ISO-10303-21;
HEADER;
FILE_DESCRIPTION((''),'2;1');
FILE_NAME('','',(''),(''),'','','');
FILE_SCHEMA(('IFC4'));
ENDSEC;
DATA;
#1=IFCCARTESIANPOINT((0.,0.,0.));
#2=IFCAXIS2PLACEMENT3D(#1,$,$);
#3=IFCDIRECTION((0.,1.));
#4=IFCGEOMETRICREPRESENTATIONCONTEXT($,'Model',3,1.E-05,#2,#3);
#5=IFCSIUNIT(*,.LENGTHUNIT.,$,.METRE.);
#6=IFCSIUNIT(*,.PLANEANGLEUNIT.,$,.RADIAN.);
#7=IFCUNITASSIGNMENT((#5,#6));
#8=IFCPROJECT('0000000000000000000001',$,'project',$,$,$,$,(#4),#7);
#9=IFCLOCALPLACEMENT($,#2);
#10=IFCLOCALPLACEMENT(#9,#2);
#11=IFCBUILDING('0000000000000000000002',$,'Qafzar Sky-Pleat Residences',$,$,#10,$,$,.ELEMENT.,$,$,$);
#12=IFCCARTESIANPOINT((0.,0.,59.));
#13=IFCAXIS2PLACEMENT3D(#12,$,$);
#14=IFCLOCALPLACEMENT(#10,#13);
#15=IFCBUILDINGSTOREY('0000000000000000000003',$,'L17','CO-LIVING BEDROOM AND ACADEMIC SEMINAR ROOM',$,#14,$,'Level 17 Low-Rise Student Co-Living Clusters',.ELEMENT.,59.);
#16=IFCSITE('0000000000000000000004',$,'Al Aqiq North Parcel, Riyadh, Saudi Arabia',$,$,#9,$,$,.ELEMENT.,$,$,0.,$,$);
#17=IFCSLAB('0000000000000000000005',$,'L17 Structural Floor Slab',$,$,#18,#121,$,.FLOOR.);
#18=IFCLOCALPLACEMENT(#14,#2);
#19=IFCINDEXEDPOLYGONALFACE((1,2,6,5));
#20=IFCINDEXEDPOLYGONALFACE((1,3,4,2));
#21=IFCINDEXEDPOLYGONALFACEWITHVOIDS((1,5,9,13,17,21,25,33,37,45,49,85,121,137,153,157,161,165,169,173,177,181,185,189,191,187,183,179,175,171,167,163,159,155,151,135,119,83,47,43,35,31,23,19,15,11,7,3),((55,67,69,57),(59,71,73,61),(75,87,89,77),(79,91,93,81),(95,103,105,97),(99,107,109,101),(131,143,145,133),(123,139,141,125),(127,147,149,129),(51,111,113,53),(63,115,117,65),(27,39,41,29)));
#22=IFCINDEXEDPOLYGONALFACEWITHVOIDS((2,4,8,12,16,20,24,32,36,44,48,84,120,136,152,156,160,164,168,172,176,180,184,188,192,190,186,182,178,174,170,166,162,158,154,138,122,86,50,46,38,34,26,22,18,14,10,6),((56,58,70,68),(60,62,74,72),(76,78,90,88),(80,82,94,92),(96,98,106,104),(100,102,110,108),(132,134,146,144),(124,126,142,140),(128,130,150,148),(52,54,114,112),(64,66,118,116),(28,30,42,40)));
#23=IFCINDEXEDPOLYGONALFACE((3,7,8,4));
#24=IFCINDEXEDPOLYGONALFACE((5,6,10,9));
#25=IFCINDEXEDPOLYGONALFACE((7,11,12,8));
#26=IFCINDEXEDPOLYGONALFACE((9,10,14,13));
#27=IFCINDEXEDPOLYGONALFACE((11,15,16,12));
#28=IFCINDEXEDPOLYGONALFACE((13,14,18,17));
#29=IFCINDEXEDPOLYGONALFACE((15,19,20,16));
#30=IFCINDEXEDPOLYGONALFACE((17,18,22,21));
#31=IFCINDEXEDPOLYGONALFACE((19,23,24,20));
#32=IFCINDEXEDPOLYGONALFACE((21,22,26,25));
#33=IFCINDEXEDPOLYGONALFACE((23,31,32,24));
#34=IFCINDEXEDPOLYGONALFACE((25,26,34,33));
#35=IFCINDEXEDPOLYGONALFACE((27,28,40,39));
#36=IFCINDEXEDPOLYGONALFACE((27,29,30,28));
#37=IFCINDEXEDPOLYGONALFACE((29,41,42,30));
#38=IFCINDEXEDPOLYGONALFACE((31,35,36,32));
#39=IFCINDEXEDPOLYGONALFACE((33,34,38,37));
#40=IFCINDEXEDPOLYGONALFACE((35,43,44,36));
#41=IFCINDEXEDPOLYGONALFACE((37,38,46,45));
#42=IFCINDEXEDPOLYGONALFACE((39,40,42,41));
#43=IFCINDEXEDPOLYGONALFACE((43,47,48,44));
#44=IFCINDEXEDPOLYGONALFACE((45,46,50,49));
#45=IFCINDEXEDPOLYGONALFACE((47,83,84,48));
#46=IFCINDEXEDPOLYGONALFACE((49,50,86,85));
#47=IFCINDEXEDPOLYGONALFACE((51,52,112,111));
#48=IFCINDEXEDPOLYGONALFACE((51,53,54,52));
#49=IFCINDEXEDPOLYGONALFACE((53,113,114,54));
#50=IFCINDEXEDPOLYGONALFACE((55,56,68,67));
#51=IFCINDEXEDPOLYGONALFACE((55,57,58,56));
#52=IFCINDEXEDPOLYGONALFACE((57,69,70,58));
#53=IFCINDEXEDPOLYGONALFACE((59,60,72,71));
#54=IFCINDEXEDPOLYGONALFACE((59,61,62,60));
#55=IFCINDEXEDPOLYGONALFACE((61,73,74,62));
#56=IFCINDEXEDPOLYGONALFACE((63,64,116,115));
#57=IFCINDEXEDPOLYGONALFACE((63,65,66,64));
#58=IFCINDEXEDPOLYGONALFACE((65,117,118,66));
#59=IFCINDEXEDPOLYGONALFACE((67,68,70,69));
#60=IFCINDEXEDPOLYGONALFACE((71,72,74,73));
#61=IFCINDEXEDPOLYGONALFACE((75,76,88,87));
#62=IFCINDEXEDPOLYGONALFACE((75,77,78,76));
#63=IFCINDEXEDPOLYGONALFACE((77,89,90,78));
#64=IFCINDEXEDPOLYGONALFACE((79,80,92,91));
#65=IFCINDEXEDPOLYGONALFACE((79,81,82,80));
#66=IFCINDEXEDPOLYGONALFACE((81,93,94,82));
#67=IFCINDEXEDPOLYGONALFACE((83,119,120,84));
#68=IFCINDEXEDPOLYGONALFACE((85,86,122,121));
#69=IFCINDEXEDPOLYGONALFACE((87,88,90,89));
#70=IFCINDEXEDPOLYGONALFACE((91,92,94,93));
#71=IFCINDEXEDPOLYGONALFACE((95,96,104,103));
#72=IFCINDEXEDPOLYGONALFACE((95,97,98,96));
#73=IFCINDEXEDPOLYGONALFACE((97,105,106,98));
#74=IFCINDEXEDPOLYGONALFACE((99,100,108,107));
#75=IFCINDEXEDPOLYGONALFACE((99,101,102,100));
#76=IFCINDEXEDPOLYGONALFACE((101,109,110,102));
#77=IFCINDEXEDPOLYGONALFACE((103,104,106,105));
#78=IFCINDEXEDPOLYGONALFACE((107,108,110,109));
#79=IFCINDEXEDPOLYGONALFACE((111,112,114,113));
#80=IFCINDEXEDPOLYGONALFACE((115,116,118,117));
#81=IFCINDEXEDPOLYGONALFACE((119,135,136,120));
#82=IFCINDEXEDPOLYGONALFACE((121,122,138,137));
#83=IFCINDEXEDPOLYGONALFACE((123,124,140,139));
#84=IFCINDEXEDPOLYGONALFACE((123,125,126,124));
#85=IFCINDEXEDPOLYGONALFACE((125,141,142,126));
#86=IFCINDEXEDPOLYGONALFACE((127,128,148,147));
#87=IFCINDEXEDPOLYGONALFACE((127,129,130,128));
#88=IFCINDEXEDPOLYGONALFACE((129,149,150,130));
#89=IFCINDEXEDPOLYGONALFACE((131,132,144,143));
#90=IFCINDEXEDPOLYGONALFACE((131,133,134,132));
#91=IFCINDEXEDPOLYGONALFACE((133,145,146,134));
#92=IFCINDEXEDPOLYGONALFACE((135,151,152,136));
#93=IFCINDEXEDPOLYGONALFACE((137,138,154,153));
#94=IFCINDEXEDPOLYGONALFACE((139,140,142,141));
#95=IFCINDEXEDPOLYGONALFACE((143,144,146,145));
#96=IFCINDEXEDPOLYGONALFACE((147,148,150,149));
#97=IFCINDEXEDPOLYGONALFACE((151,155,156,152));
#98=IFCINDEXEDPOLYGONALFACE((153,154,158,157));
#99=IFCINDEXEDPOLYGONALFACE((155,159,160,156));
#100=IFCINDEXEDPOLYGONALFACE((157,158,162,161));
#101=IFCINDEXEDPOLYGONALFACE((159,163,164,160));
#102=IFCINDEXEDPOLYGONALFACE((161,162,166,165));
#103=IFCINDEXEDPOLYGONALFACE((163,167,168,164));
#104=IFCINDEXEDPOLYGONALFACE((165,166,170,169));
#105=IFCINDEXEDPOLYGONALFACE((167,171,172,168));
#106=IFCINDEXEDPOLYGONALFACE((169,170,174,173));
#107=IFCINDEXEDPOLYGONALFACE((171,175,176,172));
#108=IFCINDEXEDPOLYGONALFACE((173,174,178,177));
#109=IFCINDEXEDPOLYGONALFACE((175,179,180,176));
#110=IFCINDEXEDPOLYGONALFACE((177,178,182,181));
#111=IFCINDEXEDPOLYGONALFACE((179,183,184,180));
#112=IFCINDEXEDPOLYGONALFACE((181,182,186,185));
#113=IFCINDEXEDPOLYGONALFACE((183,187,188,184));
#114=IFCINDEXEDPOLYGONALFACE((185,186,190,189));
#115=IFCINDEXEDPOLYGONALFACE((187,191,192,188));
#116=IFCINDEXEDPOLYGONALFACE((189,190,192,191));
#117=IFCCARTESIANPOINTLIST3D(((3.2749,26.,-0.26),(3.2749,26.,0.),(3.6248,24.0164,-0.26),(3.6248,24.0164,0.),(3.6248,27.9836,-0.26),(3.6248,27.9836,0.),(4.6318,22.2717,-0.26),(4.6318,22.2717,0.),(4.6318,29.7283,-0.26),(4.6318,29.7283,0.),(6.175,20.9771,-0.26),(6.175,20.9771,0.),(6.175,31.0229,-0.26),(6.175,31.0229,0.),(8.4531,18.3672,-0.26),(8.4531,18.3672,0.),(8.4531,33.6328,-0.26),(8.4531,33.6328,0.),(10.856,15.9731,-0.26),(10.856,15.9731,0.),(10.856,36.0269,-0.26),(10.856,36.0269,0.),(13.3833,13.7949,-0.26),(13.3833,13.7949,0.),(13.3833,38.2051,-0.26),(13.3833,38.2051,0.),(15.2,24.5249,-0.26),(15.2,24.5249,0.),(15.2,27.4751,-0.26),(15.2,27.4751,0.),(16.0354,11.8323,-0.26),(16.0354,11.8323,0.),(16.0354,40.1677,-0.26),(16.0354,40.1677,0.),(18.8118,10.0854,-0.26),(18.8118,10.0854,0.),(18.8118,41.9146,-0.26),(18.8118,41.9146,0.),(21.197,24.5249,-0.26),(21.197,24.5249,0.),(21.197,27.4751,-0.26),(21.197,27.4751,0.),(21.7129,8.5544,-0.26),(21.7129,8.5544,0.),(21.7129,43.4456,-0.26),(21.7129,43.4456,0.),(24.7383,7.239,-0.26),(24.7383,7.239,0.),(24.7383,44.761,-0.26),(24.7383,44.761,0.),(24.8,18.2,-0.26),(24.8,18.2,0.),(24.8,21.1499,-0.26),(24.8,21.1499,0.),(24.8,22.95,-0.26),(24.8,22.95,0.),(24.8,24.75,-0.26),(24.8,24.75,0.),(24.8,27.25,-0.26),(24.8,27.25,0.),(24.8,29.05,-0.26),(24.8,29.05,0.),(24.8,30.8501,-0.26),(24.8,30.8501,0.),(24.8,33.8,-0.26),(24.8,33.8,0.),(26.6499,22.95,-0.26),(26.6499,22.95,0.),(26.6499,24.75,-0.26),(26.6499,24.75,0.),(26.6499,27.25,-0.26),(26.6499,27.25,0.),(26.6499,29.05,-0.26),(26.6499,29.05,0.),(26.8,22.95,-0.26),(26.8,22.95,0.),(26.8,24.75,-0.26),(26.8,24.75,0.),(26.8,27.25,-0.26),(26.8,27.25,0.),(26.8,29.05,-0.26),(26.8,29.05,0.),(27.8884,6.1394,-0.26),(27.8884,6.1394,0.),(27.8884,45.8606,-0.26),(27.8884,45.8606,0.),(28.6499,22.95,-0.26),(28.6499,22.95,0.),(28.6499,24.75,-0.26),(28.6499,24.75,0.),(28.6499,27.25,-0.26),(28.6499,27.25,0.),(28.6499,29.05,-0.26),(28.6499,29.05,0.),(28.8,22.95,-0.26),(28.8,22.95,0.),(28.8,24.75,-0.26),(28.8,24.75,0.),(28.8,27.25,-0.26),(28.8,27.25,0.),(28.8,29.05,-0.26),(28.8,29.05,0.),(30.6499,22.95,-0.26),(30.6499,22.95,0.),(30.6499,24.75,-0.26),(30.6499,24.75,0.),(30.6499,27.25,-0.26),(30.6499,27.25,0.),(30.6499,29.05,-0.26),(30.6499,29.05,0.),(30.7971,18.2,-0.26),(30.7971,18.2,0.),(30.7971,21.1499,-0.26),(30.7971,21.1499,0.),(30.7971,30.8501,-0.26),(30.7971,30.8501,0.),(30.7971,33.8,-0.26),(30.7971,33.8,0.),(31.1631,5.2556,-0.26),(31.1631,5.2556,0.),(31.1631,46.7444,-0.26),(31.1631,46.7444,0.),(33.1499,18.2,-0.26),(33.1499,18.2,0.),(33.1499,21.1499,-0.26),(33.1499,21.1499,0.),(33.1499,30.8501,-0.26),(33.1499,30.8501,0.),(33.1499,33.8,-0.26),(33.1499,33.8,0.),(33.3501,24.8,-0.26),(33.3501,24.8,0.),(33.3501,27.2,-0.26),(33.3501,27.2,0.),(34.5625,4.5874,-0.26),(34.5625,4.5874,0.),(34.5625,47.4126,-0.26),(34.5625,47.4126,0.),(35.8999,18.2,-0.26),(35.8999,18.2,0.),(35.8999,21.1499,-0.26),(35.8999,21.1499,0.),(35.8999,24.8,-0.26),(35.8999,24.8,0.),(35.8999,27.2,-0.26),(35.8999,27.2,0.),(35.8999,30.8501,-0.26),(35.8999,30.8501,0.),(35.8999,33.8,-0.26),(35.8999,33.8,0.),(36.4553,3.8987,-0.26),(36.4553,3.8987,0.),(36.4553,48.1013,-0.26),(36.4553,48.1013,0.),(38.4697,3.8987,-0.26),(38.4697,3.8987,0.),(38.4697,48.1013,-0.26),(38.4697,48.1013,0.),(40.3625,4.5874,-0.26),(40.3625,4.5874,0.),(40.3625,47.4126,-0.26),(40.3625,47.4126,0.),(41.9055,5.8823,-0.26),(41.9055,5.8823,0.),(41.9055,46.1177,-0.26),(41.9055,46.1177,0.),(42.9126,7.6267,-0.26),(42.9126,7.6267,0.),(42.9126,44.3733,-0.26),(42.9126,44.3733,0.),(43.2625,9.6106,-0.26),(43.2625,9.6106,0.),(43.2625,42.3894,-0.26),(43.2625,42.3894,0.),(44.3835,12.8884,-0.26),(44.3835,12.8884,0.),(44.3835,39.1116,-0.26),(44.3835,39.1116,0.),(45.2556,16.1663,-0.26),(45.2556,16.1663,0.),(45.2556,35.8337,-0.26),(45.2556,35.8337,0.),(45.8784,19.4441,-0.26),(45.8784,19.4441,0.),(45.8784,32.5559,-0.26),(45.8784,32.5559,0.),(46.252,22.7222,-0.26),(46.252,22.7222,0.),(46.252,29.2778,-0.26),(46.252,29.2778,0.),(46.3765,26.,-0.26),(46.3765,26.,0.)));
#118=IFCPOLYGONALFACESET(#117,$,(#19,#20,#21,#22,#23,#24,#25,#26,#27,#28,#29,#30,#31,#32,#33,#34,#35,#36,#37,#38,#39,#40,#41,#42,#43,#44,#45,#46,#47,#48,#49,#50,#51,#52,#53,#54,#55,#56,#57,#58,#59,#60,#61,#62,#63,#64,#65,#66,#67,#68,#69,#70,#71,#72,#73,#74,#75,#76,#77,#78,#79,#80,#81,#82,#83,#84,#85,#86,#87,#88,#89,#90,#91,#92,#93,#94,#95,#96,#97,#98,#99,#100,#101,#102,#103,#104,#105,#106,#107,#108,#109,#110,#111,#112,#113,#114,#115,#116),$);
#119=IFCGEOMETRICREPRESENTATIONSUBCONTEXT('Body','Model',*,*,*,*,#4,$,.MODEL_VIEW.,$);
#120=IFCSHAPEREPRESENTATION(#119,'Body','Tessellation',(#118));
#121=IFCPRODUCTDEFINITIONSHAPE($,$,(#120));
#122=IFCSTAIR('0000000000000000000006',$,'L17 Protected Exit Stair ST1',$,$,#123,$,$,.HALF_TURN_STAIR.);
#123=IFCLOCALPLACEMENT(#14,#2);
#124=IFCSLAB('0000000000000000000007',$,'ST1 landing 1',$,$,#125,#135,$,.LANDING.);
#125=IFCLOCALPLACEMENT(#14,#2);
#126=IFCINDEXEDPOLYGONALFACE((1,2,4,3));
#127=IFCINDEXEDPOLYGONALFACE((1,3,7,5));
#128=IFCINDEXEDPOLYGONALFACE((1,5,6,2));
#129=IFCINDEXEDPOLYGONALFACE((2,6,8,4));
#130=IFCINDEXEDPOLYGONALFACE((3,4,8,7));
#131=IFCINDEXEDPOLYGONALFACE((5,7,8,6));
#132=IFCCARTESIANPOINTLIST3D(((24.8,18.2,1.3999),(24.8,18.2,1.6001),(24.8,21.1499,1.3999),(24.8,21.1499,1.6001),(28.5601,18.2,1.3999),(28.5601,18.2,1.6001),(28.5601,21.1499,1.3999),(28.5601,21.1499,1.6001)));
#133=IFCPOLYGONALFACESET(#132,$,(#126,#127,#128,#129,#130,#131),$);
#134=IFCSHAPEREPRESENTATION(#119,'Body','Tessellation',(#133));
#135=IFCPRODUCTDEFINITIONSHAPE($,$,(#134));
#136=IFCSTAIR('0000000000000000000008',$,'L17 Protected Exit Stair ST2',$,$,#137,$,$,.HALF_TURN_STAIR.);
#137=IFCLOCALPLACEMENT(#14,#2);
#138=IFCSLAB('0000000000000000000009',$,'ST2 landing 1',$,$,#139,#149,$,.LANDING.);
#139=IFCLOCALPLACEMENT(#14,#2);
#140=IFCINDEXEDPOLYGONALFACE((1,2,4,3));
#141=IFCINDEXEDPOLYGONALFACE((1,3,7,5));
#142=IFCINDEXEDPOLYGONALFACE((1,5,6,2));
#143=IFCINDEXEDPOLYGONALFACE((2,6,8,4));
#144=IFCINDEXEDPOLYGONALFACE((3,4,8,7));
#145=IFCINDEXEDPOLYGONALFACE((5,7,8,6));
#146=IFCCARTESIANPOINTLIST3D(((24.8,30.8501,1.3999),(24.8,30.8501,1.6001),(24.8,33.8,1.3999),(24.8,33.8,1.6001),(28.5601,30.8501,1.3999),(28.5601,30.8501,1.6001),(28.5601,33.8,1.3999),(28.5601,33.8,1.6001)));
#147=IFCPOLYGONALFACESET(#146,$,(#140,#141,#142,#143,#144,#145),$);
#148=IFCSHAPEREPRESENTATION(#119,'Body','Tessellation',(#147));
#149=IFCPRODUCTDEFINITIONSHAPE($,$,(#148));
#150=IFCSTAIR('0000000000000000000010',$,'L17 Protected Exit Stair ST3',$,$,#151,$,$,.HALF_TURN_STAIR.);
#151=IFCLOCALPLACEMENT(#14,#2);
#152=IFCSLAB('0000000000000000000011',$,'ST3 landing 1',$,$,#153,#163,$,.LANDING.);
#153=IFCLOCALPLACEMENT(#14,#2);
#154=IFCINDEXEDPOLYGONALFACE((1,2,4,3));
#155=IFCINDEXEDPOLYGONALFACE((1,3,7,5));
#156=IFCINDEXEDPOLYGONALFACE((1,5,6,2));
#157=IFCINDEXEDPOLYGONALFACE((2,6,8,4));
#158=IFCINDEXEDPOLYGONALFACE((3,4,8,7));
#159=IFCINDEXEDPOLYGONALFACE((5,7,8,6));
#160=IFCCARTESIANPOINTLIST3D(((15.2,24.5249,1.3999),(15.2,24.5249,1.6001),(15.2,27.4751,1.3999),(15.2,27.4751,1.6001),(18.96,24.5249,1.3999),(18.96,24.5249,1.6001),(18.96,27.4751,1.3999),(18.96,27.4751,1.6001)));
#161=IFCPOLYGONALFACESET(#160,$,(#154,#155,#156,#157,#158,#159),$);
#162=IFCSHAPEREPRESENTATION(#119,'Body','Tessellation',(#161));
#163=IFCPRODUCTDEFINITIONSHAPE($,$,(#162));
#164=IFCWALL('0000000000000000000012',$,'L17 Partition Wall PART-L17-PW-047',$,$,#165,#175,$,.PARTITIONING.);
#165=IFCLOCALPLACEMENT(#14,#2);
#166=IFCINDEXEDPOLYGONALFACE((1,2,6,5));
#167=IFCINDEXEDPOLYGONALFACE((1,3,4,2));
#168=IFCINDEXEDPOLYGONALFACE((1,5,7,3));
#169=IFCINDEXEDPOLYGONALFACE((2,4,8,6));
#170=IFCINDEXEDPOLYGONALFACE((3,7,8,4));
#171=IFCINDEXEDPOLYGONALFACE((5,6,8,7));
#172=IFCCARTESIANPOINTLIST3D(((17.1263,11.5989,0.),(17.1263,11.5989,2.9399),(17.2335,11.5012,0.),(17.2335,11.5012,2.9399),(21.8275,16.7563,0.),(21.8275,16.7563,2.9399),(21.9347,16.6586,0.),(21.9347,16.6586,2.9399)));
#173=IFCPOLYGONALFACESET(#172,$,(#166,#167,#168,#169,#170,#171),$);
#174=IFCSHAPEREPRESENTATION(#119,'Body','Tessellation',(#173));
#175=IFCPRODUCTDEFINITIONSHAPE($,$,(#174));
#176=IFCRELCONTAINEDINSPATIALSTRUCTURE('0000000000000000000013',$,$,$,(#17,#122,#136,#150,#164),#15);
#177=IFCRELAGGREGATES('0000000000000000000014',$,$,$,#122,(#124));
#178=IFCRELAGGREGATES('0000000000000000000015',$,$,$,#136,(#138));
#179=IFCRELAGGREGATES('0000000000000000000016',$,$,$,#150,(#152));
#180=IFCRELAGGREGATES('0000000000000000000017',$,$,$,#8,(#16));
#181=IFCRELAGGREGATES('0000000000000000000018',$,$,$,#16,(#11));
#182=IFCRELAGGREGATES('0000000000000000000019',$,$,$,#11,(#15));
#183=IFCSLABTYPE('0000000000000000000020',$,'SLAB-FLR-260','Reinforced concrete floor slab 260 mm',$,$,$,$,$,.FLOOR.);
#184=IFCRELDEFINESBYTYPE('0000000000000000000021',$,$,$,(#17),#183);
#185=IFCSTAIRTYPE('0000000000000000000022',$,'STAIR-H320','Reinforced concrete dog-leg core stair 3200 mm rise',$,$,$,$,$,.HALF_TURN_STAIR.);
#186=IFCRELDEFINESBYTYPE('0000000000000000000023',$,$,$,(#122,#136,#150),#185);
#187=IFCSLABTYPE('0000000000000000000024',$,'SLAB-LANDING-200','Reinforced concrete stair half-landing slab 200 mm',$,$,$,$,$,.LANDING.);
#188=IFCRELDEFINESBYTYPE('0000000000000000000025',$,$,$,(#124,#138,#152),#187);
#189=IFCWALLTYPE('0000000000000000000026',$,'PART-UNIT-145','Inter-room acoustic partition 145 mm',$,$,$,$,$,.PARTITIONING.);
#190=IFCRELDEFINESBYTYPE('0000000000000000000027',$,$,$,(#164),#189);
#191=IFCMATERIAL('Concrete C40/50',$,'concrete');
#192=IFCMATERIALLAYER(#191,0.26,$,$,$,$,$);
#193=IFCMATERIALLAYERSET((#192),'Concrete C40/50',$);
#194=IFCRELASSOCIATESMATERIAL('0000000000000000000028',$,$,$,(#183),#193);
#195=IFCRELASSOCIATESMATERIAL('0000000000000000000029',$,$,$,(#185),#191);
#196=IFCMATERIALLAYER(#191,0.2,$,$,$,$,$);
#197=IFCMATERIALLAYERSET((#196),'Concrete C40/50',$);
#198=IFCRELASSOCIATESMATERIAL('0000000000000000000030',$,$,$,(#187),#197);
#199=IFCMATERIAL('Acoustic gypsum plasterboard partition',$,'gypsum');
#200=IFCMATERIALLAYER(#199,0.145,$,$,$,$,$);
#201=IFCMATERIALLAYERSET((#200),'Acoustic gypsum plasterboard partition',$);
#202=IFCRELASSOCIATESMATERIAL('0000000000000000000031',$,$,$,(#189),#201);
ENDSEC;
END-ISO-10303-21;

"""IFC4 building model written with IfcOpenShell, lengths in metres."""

from ifc_helpers import new_model, si_unit, direction, frame, frame_2d, origin, place, context, subcontext, project, spatial, polyline, rectangle, outline, extrude, material, layer, layer_set, type_object, element, aggregate, save


model = new_model("IFC4")

# Units and contexts
model_context = context("Model", 3, precision=1e-05, world=origin(), true_north=direction((0.0, 1.0)))
body_context = subcontext(model_context, "Body", "Model", "MODEL_VIEW")
ifc_project = project(units=[si_unit("LENGTHUNIT", "METRE"), si_unit("PLANEANGLEUNIT", "RADIAN")], contexts=[model_context])

# Site, building, storey
site_placement = place(None, origin())
site = spatial("IfcSite", under=ifc_project, at=site_placement, Name="Al Aqiq North Parcel, Riyadh, Saudi Arabia", CompositionType="ELEMENT", RefElevation=0.0)
building_placement = place(site_placement, origin())
building = spatial("IfcBuilding", under=site, at=building_placement, Name="Qafzar Sky-Pleat Residences", CompositionType="ELEMENT")
storey_placement = place(building_placement, frame((0.0, 0.0, 59.0)))
storey = spatial("IfcBuildingStorey", under=building, at=storey_placement, Name="L17", Description="CO-LIVING BEDROOM AND ACADEMIC SEMINAR ROOM", LongName="Level 17 Low-Rise Student Co-Living Clusters", CompositionType="ELEMENT", Elevation=59.0)

# Slab
ifc_material_1 = material(Name="Concrete C40/50", Category="concrete")
ifc_layer_1 = layer(ifc_material_1, 0.26)
ifc_layer_set_1 = layer_set([ifc_layer_1], Name="Concrete C40/50")
slab_type_1 = type_object("IfcSlabType", Name="SLAB-FLR-260", Description="Reinforced concrete floor slab 260 mm", PredefinedType="FLOOR", material=ifc_layer_set_1)
slab_1_placement = place(storey_placement, frame((0.0, 0.0, -0.26)))
element("IfcSlab", 1, at=slab_1_placement, inside=storey, type_object=slab_type_1, Name="L17 Structural Floor Slab", PredefinedType="FLOOR", context=body_context, shape_type="SweptSolid", body=[
    extrude(outline(polyline([(6.175, 31.0229), (4.6318, 29.7283), (3.6248, 27.9836), (3.2749, 26.0), (3.6248, 24.0164), (4.6318, 22.2717), (6.175, 20.9771), (8.4531, 18.3672), (10.856, 15.9731), (13.3833, 13.7949), (16.0354, 11.8323), (18.8118, 10.0854), (21.7129, 8.5544), (24.7383, 7.239), (27.8884, 6.1394), (31.1631, 5.2556), (34.5625, 4.5874), (36.4553, 3.8987), (38.4697, 3.8987), (40.3625, 4.5874), (41.9055, 5.8823), (42.9126, 7.6267), (43.2625, 9.6106), (44.3835, 12.8884), (45.2556, 16.1663), (45.8784, 19.4441), (46.252, 22.7222), (46.3765, 26.0), (46.252, 29.2778), (45.8784, 32.5559), (45.2556, 35.8337), (44.3835, 39.1116), (43.2625, 42.3894), (42.9126, 44.3733), (41.9055, 46.1177), (40.3625, 47.4126), (38.4697, 48.1013), (36.4553, 48.1013), (34.5625, 47.4126), (31.1631, 46.7444), (27.8884, 45.8606), (24.7383, 44.761), (21.7129, 43.4456), (18.8118, 41.9146), (16.0354, 40.1677), (13.3833, 38.2051), (10.856, 36.0269), (8.4531, 33.6328), (6.175, 31.0229)]), holes=[polyline([(30.7971, 21.1499), (24.8, 21.1499), (24.8, 18.2), (30.7971, 18.2), (30.7971, 21.1499)]), polyline([(30.7971, 33.8), (24.8, 33.8), (24.8, 30.8501), (30.7971, 30.8501), (30.7971, 33.8)]), polyline([(21.197, 27.4751), (15.2, 27.4751), (15.2, 24.5249), (21.197, 24.5249), (21.197, 27.4751)]), polyline([(24.8, 22.95), (26.6499, 22.95), (26.6499, 24.75), (24.8, 24.75), (24.8, 22.95)]), polyline([(26.8, 22.95), (28.6499, 22.95), (28.6499, 24.75), (26.8, 24.75), (26.8, 22.95)]), polyline([(28.8, 22.95), (30.6499, 22.95), (30.6499, 24.75), (28.8, 24.75), (28.8, 22.95)]), polyline([(24.8, 27.25), (26.6499, 27.25), (26.6499, 29.05), (24.8, 29.05), (24.8, 27.25)]), polyline([(26.8, 27.25), (28.6499, 27.25), (28.6499, 29.05), (26.8, 29.05), (26.8, 27.25)]), polyline([(28.8, 27.25), (30.6499, 27.25), (30.6499, 29.05), (28.8, 29.05), (28.8, 27.25)]), polyline([(33.1499, 18.2), (35.8999, 18.2), (35.8999, 21.1499), (33.1499, 21.1499), (33.1499, 18.2)]), polyline([(33.1499, 30.8501), (35.8999, 30.8501), (35.8999, 33.8), (33.1499, 33.8), (33.1499, 30.8501)]), polyline([(33.3501, 24.8), (35.8999, 24.8), (35.8999, 27.2), (33.3501, 27.2), (33.3501, 24.8)])]), origin(), (0.0, 0.0, 1.0), 0.26),
])

# Stairs, slabs
stair_type = type_object("IfcStairType", Name="STAIR-H320", Description="Reinforced concrete dog-leg core stair 3200 mm rise", PredefinedType="HALF_TURN_STAIR", material=ifc_material_1)
stair_1_placement = place(storey_placement, origin())
stair_1 = element("IfcStair", 2, at=stair_1_placement, inside=storey, type_object=stair_type, Name="L17 Protected Exit Stair ST1", PredefinedType="HALF_TURN_STAIR")
ifc_layer_2 = layer(ifc_material_1, 0.2)
ifc_layer_set_2 = layer_set([ifc_layer_2], Name="Concrete C40/50")
slab_type_2 = type_object("IfcSlabType", Name="SLAB-LANDING-200", Description="Reinforced concrete stair half-landing slab 200 mm", PredefinedType="LANDING", material=ifc_layer_set_2)
slab_2_placement = place(storey_placement, frame((0.0, 0.0, 1.3999)))
slab_2 = element("IfcSlab", 3, at=slab_2_placement, type_object=slab_type_2, Name="ST1 landing 1", PredefinedType="LANDING", context=body_context, shape_type="SweptSolid", body=[
    extrude(outline(polyline([(28.5601, 21.1499), (24.8, 21.1499), (24.8, 18.2), (28.5601, 18.2), (28.5601, 21.1499)])), origin(), (0.0, 0.0, 1.0), 0.2002),
])
aggregate(stair_1, [slab_2])
stair_2_placement = place(storey_placement, origin())
stair_2 = element("IfcStair", 4, at=stair_2_placement, inside=storey, type_object=stair_type, Name="L17 Protected Exit Stair ST2", PredefinedType="HALF_TURN_STAIR")
slab_3_placement = place(storey_placement, frame((0.0, 0.0, 1.3999)))
slab_3 = element("IfcSlab", 5, at=slab_3_placement, type_object=slab_type_2, Name="ST2 landing 1", PredefinedType="LANDING", context=body_context, shape_type="SweptSolid", body=[
    extrude(outline(polyline([(28.5601, 33.8), (24.8, 33.8), (24.8, 30.8501), (28.5601, 30.8501), (28.5601, 33.8)])), origin(), (0.0, 0.0, 1.0), 0.2002),
])
aggregate(stair_2, [slab_3])
stair_3_placement = place(storey_placement, origin())
stair_3 = element("IfcStair", 6, at=stair_3_placement, inside=storey, type_object=stair_type, Name="L17 Protected Exit Stair ST3", PredefinedType="HALF_TURN_STAIR")
slab_4_placement = place(storey_placement, frame((0.0, 0.0, 1.3999)))
slab_4 = element("IfcSlab", 7, at=slab_4_placement, type_object=slab_type_2, Name="ST3 landing 1", PredefinedType="LANDING", context=body_context, shape_type="SweptSolid", body=[
    extrude(outline(polyline([(18.96, 27.4751), (15.2, 27.4751), (15.2, 24.5249), (18.96, 24.5249), (18.96, 27.4751)])), origin(), (0.0, 0.0, 1.0), 0.2002),
])
aggregate(stair_3, [slab_4])

# Wall
ifc_material_2 = material(Name="Acoustic gypsum plasterboard partition", Category="gypsum")
ifc_layer_3 = layer(ifc_material_2, 0.145)
ifc_layer_set_3 = layer_set([ifc_layer_3], Name="Acoustic gypsum plasterboard partition")
wall_type_1 = type_object("IfcWallType", Name="PART-UNIT-145", Description="Inter-room acoustic partition 145 mm", PredefinedType="PARTITIONING", material=ifc_layer_set_3)
wall_1_placement = place(storey_placement, frame((17.1799, 11.55, 0.0), z_axis=(0.0, 0.0, 1.0), x_axis=(0.673658, 0.739043, 0.0)))
element("IfcWall", 8, at=wall_1_placement, inside=storey, type_object=wall_type_1, Name="L17 Partition Wall PART-L17-PW-047", PredefinedType="PARTITIONING", context=body_context, shape_type="SweptSolid", body=[
    extrude(rectangle(XDim=6.9785, YDim=0.145, at=frame_2d((3.4893, 0.0))), origin(), (0.0, 0.0, 1.0), 2.9399),
])

save(model, "model.ifc")
